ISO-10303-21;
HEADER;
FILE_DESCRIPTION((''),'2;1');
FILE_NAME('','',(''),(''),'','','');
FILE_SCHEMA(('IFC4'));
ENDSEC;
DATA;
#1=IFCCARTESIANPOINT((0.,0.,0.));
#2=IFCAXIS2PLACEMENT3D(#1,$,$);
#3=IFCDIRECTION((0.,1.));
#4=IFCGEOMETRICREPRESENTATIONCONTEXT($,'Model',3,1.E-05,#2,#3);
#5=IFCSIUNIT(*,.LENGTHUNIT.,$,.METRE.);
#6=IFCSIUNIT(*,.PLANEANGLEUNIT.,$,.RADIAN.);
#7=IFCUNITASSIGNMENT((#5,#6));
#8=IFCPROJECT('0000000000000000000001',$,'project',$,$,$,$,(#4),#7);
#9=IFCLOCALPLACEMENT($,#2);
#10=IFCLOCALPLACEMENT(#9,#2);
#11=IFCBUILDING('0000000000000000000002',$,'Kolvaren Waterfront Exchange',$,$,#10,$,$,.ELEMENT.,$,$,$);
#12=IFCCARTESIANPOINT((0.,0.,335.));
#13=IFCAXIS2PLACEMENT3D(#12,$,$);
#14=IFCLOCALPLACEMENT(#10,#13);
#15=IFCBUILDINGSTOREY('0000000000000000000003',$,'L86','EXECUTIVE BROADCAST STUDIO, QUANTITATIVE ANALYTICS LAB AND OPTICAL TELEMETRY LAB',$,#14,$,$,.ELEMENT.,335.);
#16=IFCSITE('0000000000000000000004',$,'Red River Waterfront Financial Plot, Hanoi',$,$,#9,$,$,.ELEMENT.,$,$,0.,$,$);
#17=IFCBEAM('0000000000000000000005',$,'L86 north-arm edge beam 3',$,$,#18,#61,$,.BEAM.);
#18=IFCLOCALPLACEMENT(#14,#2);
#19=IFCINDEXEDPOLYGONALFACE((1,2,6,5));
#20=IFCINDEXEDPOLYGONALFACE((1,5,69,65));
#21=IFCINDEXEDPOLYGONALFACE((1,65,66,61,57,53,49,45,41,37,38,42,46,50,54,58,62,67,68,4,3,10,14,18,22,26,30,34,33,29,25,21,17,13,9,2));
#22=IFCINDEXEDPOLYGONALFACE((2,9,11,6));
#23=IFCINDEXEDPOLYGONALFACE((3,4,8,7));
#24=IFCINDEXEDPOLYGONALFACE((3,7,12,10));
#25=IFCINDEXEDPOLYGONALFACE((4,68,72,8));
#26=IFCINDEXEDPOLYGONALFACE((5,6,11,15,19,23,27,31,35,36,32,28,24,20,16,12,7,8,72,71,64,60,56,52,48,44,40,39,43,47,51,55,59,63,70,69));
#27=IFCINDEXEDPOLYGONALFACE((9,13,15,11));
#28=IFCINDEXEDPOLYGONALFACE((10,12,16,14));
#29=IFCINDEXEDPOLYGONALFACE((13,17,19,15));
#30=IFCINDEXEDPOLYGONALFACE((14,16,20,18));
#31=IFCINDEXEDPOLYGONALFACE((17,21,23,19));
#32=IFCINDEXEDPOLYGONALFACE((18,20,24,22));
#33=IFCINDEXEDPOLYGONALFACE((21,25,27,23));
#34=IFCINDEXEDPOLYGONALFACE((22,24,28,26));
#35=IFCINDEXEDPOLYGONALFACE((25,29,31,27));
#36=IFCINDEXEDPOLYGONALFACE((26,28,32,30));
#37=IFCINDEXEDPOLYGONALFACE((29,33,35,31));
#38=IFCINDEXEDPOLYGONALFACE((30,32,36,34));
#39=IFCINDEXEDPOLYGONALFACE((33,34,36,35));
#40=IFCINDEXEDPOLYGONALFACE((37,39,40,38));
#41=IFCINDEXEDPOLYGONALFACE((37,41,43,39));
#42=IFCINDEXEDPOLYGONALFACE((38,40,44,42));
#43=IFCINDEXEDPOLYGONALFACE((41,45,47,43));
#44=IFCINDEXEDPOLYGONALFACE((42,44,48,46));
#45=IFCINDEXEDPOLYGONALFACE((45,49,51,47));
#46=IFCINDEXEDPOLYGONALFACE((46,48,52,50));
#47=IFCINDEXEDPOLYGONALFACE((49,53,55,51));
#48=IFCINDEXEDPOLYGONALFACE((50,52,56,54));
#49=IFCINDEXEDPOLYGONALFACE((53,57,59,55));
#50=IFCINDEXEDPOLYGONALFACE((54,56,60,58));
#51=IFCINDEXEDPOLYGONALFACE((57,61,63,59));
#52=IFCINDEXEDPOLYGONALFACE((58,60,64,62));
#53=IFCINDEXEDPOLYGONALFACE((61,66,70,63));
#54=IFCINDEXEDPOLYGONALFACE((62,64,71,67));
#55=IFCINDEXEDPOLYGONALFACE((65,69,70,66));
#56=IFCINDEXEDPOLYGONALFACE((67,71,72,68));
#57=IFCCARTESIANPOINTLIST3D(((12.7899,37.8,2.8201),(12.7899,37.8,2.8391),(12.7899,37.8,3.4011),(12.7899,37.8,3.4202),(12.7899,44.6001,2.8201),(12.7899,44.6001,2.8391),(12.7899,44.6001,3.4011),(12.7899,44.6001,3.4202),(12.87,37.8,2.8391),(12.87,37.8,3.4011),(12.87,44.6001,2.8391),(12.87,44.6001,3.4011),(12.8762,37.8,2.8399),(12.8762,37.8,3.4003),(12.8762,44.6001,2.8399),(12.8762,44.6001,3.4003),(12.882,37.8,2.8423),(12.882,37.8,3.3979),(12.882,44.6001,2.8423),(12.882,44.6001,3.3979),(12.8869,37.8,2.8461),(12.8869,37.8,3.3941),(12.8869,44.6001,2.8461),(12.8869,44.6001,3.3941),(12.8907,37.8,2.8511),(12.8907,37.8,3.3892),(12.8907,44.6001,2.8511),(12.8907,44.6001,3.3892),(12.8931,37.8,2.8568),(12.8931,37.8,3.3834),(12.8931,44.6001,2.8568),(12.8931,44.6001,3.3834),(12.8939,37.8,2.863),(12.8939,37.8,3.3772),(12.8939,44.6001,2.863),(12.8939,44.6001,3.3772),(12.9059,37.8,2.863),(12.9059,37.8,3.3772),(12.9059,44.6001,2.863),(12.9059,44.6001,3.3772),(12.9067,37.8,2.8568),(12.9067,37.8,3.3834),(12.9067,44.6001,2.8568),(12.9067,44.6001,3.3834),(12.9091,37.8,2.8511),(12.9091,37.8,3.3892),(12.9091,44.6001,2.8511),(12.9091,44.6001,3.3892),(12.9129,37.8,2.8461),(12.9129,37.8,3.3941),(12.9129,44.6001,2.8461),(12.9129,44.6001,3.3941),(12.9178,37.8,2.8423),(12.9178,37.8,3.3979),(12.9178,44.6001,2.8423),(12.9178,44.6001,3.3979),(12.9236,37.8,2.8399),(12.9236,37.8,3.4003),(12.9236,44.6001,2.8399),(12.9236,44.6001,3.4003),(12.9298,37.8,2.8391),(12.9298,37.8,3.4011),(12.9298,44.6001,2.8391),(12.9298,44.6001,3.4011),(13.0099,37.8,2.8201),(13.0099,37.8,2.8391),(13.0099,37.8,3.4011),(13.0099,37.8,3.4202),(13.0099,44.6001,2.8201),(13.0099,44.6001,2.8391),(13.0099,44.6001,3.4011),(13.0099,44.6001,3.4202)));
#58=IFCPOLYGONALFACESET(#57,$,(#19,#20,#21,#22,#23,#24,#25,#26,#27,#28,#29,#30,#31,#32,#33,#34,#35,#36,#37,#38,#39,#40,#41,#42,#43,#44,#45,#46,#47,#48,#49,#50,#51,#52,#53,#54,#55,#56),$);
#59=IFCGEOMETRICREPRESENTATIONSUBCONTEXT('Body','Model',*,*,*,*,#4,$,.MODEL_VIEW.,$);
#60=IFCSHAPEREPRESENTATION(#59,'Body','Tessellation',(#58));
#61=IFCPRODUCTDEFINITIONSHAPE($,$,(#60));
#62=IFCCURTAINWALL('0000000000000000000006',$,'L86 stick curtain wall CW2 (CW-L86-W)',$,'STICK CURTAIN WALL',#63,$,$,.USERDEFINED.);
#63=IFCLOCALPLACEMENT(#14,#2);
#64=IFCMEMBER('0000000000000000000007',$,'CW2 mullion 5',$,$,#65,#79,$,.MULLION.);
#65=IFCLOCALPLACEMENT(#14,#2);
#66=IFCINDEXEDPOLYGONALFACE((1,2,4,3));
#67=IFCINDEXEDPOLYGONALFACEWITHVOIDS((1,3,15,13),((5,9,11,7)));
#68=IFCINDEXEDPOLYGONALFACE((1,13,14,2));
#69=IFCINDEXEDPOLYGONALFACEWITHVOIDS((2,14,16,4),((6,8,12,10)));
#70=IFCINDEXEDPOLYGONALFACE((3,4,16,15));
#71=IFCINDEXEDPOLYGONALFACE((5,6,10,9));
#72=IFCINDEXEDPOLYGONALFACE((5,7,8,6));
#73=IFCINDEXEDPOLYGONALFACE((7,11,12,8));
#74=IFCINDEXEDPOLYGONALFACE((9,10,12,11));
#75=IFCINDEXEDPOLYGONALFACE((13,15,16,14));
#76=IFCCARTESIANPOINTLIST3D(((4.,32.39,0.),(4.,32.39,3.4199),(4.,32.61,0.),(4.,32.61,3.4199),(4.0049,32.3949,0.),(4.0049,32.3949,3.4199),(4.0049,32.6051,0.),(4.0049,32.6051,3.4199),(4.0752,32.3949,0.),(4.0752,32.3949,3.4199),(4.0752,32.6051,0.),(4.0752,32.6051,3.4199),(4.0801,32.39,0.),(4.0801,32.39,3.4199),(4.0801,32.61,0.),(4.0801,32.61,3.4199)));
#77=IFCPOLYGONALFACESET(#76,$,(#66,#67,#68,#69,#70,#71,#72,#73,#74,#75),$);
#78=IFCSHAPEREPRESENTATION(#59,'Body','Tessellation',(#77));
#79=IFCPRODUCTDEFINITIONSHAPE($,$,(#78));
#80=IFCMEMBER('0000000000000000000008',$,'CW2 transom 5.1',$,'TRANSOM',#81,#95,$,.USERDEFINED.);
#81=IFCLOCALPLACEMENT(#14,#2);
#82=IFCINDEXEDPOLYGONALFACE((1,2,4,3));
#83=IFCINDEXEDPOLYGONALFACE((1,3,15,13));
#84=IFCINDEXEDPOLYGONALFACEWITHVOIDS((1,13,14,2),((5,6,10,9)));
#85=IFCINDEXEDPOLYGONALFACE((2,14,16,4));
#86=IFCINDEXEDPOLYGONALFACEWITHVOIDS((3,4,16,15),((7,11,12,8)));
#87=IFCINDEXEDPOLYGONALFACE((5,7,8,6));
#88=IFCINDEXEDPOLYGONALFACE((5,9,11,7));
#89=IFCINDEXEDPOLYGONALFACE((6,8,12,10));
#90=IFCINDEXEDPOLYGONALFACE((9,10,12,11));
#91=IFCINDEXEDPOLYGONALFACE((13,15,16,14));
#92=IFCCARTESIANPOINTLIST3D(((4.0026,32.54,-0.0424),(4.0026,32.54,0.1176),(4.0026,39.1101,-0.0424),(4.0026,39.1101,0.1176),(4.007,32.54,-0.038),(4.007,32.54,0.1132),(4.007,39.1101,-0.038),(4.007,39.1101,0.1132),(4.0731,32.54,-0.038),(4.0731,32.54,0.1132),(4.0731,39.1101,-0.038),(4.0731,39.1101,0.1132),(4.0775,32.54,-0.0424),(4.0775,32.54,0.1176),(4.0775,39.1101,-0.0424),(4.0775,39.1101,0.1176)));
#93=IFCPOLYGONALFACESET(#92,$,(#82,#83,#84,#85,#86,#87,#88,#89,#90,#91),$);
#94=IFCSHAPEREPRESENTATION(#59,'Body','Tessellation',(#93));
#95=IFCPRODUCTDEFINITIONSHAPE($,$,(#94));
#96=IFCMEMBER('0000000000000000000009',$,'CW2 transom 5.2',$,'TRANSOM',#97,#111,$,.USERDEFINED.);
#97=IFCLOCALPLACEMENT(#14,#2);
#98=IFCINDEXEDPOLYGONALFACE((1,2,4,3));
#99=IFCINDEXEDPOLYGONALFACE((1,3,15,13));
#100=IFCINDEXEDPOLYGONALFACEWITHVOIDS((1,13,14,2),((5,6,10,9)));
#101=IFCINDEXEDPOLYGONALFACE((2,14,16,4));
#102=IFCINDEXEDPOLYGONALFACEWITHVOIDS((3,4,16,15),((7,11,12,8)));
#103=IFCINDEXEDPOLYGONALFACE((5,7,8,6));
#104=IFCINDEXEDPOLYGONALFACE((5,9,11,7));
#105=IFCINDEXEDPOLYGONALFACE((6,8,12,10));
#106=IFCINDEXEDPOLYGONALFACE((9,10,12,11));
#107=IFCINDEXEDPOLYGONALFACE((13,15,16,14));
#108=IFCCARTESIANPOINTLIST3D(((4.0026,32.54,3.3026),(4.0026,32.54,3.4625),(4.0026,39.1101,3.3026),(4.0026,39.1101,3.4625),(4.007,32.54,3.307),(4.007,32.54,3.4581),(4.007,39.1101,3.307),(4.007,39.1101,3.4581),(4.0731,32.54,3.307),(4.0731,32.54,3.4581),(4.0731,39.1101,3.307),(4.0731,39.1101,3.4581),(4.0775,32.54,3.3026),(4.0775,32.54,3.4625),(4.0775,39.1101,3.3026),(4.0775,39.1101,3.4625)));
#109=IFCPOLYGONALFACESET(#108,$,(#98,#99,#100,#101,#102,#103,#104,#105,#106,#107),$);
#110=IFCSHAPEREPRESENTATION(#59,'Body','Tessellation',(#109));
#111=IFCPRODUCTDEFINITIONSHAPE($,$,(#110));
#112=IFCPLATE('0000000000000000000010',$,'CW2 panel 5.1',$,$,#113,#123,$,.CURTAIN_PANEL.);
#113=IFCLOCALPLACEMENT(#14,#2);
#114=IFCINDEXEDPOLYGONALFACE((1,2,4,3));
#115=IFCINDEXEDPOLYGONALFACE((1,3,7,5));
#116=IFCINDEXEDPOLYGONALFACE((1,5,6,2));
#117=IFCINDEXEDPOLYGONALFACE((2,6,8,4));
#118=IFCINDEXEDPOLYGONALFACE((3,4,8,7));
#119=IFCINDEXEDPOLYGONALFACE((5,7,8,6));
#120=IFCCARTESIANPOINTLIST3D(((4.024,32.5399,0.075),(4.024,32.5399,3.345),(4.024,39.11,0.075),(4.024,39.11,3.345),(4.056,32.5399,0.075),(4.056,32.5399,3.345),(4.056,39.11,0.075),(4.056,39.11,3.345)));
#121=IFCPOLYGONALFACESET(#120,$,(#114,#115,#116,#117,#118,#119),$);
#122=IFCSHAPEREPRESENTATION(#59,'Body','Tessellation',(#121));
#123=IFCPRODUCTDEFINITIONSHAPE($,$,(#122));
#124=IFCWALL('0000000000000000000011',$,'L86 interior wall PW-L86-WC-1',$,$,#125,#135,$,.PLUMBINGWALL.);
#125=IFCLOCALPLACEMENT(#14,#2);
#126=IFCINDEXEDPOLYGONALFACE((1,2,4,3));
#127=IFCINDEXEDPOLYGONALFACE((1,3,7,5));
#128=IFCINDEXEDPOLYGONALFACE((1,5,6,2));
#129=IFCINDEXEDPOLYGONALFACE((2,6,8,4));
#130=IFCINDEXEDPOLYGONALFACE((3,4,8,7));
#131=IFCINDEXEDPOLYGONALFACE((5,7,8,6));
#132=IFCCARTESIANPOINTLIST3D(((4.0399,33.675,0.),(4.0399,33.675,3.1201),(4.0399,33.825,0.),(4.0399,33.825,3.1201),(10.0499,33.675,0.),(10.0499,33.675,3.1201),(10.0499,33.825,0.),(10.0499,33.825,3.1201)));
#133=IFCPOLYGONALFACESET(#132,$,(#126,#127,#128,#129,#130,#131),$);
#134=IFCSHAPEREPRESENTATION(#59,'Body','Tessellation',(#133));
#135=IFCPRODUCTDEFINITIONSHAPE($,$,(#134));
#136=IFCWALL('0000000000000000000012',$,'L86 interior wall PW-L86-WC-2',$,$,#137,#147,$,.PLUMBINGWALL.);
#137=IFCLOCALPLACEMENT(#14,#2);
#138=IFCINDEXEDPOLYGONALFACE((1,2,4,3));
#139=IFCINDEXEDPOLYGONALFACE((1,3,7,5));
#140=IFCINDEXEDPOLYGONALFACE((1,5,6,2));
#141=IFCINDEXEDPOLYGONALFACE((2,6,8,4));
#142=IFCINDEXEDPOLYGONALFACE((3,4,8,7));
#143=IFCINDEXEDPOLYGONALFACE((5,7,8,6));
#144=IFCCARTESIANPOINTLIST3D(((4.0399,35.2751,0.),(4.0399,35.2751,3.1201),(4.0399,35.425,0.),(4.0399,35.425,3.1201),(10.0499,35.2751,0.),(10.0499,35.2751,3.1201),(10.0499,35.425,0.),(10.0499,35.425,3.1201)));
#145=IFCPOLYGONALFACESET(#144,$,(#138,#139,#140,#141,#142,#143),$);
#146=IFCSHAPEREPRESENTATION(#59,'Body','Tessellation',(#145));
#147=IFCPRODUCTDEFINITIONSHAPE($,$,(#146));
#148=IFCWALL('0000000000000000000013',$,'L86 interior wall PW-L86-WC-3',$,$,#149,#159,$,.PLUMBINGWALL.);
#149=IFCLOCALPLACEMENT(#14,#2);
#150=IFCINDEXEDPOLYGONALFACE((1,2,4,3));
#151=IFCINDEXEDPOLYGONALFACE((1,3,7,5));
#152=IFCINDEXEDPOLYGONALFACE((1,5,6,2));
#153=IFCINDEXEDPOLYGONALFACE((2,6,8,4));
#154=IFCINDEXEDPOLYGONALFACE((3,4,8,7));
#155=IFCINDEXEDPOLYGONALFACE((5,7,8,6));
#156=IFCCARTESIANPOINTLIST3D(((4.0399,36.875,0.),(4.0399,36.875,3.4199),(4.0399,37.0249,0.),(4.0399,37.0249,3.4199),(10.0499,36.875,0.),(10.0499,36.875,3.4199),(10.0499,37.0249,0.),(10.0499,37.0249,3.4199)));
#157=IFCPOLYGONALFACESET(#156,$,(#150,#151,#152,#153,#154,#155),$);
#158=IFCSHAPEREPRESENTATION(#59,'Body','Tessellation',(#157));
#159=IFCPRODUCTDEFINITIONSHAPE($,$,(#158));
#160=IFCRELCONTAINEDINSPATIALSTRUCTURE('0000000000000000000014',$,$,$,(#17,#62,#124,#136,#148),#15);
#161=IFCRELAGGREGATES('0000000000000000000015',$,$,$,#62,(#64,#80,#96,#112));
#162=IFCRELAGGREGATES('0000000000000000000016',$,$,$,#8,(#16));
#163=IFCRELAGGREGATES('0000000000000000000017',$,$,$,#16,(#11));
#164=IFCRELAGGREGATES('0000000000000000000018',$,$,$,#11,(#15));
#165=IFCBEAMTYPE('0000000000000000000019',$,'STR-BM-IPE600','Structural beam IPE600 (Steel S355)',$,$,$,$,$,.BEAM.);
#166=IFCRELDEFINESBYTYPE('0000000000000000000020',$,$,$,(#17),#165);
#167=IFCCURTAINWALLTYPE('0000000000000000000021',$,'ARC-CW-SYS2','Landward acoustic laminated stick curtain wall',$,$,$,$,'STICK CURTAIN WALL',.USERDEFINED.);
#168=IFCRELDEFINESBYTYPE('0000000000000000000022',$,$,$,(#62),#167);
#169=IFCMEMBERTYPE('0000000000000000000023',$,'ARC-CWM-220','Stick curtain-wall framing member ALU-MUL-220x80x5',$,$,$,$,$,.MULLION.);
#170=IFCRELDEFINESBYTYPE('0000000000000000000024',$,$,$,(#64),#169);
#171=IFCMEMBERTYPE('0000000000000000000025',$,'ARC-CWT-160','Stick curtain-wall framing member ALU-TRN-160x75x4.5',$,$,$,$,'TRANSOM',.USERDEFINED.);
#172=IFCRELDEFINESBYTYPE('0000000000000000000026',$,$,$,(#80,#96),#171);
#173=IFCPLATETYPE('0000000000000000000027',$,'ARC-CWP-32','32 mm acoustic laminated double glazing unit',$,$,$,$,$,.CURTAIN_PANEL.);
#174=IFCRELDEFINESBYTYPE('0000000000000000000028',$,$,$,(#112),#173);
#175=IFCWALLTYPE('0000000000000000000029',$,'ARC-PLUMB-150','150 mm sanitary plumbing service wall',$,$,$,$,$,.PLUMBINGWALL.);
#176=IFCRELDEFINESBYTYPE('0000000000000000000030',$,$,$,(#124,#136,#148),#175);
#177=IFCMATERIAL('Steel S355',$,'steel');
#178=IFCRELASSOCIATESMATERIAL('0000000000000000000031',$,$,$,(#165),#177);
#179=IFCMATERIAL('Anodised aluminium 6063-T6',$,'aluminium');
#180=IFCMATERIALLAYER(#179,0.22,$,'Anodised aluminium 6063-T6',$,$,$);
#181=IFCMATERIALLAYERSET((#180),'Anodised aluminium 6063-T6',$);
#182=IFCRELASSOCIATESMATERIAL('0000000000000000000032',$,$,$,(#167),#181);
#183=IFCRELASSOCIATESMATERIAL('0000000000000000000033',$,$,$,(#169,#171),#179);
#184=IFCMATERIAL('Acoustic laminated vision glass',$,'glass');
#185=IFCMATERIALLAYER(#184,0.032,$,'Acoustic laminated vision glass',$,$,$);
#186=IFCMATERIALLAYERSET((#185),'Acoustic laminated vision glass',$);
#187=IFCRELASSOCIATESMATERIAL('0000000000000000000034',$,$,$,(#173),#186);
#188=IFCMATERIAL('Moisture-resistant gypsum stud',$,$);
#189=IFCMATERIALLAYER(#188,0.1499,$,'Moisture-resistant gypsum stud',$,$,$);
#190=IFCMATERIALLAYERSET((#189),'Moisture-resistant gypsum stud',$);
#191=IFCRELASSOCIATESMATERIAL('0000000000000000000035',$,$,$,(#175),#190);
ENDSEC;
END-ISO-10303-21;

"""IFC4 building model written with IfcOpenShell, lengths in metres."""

from ifc_helpers import new_model, si_unit, direction, frame, frame_2d, origin, origin_with_axes, origin_2d, place, context, subcontext, project, spatial, rectangle, hollow_rectangle, i_section, extrude, source, transform, mapped, material, layer, layer_set, material_profile, profile_set, type_object, element, aggregate, save


model = new_model("IFC4")

# Units and contexts
model_context = context("Model", 3, precision=1e-05, world=origin(), true_north=direction((0.0, 1.0)))
body_context = subcontext(model_context, "Body", "Model", "MODEL_VIEW")
ifc_project = project(units=[si_unit("LENGTHUNIT", "METRE"), si_unit("PLANEANGLEUNIT", "RADIAN")], contexts=[model_context])

# Site, building, storey
site_placement = place(None, origin())
site = spatial("IfcSite", under=ifc_project, at=site_placement, Name="Red River Waterfront Financial Plot, Hanoi", CompositionType="ELEMENT", RefElevation=0.0)
building_placement = place(site_placement, origin())
building = spatial("IfcBuilding", under=site, at=building_placement, Name="Kolvaren Waterfront Exchange", CompositionType="ELEMENT")
storey_placement = place(building_placement, frame((0.0, 0.0, 335.0)))
storey = spatial("IfcBuildingStorey", under=building, at=storey_placement, Name="L86", Description="EXECUTIVE BROADCAST STUDIO, QUANTITATIVE ANALYTICS LAB AND OPTICAL TELEMETRY LAB", CompositionType="ELEMENT", Elevation=335.0)

# Beam
ifc_material_1 = material(Name="Steel S355", Category="steel")
ifc_material_profile_1 = material_profile(ifc_material_1, i_section(OverallWidth=0.22, OverallDepth=0.6001, WebThickness=0.012, FlangeThickness=0.019, FilletRadius=0.0239, at=origin_2d()), Name="IPE600")
ifc_profile_set_1 = profile_set([ifc_material_profile_1], Name="Steel S355")
beam_type_1 = type_object("IfcBeamType", Name="STR-BM-IPE600", Description="Structural beam IPE600 (Steel S355)", PredefinedType="BEAM", material=ifc_profile_set_1)
beam_1_placement = place(storey_placement, frame((12.8999, 37.8, 3.1201), z_axis=(0.0, 1.0, 0.0), x_axis=(-1.0, 0.0, 0.0)))
element("IfcBeam", 1, at=beam_1_placement, inside=storey, type_object=beam_type_1, Name="L86 north-arm edge beam 3", PredefinedType="BEAM", context=body_context, shape_type="SweptSolid", body=[
    extrude(i_section(OverallWidth=0.22, OverallDepth=0.6001, WebThickness=0.012, FlangeThickness=0.019, FilletRadius=0.0239, at=origin_2d()), origin(), (0.0, 0.0, 1.0), 6.8),
])

# Curtain wall, members, plate
ifc_material_2 = material(Name="Anodised aluminium 6063-T6", Category="aluminium")
ifc_layer_1 = layer(ifc_material_2, 0.22, Name="Anodised aluminium 6063-T6")
ifc_layer_set_1 = layer_set([ifc_layer_1], Name="Anodised aluminium 6063-T6")
curtain_wall_type = type_object("IfcCurtainWallType", Name="ARC-CW-SYS2", Description="Landward acoustic laminated stick curtain wall", ElementType="STICK CURTAIN WALL", PredefinedType="USERDEFINED", material=ifc_layer_set_1)
curtain_wall_placement = place(storey_placement, origin())
curtain_wall = element("IfcCurtainWall", 2, at=curtain_wall_placement, inside=storey, type_object=curtain_wall_type, Name="L86 stick curtain wall CW2 (CW-L86-W)", ObjectType="STICK CURTAIN WALL", PredefinedType="USERDEFINED")
ifc_material_profile_2 = material_profile(ifc_material_2, hollow_rectangle(XDim=0.0801, YDim=0.22, WallThickness=0.0049, at=origin_2d()), Name="ALU-MUL-220x80x5")
ifc_profile_set_2 = profile_set([ifc_material_profile_2], Name="Anodised aluminium 6063-T6")
member_type_1 = type_object("IfcMemberType", Name="ARC-CWM-220", Description="Stick curtain-wall framing member ALU-MUL-220x80x5", PredefinedType="MULLION", material=ifc_profile_set_2)
shared_shape_1 = source(origin_with_axes(), body_context, "Body", "SweptSolid", [
    extrude(hollow_rectangle(XDim=0.0801, YDim=0.22, WallThickness=0.0049, at=origin_2d()), origin(), (0.0, 0.0, 1.0), 3.4199),
])
member_1_placement = place(storey_placement, frame((4.04, 32.5, 0.0), z_axis=(0.0, 0.0, 1.0), x_axis=(-1.0, 0.0, 0.0)))
member_1 = element("IfcMember", 3, at=member_1_placement, type_object=member_type_1, Name="CW2 mullion 5", PredefinedType="MULLION", context=body_context, shape_type="MappedRepresentation", body=[
    mapped(shared_shape_1, transform((0.0, 0.0, 0.0), x_axis=(1.0, 0.0, 0.0), y_axis=(0.0, 1.0, 0.0), z_axis=(0.0, 0.0, 1.0), scale=1.0)),
])
ifc_material_profile_3 = material_profile(ifc_material_2, hollow_rectangle(XDim=0.075, YDim=0.1599, WallThickness=0.0044, at=origin_2d()), Name="ALU-TRN-160x75x4.5")
ifc_profile_set_3 = profile_set([ifc_material_profile_3], Name="Anodised aluminium 6063-T6")
member_type_2 = type_object("IfcMemberType", Name="ARC-CWT-160", Description="Stick curtain-wall framing member ALU-TRN-160x75x4.5", ElementType="TRANSOM", PredefinedType="USERDEFINED", material=ifc_profile_set_3)
shared_shape_2 = source(origin_with_axes(), body_context, "Body", "SweptSolid", [
    extrude(hollow_rectangle(XDim=0.075, YDim=0.1599, WallThickness=0.0044, at=origin_2d()), origin(), (0.0, 0.0, 1.0), 6.5701),
])
member_2_placement = place(storey_placement, frame((4.04, 32.54, 0.0376), z_axis=(0.0, 1.0, 0.0), x_axis=(-1.0, 0.0, 0.0)))
member_2 = element("IfcMember", 4, at=member_2_placement, type_object=member_type_2, Name="CW2 transom 5.1", ObjectType="TRANSOM", PredefinedType="USERDEFINED", context=body_context, shape_type="MappedRepresentation", body=[
    mapped(shared_shape_2, transform((0.0, 0.0, 0.0), x_axis=(1.0, 0.0, 0.0), y_axis=(0.0, 1.0, 0.0), z_axis=(0.0, 0.0, 1.0), scale=1.0)),
])
member_3_placement = place(storey_placement, frame((4.04, 32.54, 3.3826), z_axis=(0.0, 1.0, 0.0), x_axis=(-1.0, 0.0, 0.0)))
member_3 = element("IfcMember", 5, at=member_3_placement, type_object=member_type_2, Name="CW2 transom 5.2", ObjectType="TRANSOM", PredefinedType="USERDEFINED", context=body_context, shape_type="MappedRepresentation", body=[
    mapped(shared_shape_2, transform((0.0, 0.0, 0.0), x_axis=(1.0, 0.0, 0.0), y_axis=(0.0, 1.0, 0.0), z_axis=(0.0, 0.0, 1.0), scale=1.0)),
])
ifc_material_3 = material(Name="Acoustic laminated vision glass", Category="glass")
ifc_layer_2 = layer(ifc_material_3, 0.032, Name="Acoustic laminated vision glass")
ifc_layer_set_2 = layer_set([ifc_layer_2], Name="Acoustic laminated vision glass")
plate_type = type_object("IfcPlateType", Name="ARC-CWP-32", Description="32 mm acoustic laminated double glazing unit", PredefinedType="CURTAIN_PANEL", material=ifc_layer_set_2)
shared_shape_3 = source(origin_with_axes(), body_context, "Body", "SweptSolid", [
    extrude(rectangle(XDim=6.5701, YDim=0.032, at=origin_2d()), origin(), (0.0, 0.0, 1.0), 3.27),
])
plate_placement = place(storey_placement, frame((4.04, 35.825, 0.075), z_axis=(0.0, 0.0, 1.0), x_axis=(0.0, 1.0, 0.0)))
plate = element("IfcPlate", 6, at=plate_placement, type_object=plate_type, Name="CW2 panel 5.1", PredefinedType="CURTAIN_PANEL", context=body_context, shape_type="MappedRepresentation", body=[
    mapped(shared_shape_3, transform((0.0, 0.0, 0.0), x_axis=(1.0, 0.0, 0.0), y_axis=(0.0, 1.0, 0.0), z_axis=(0.0, 0.0, 1.0), scale=1.0)),
])
aggregate(curtain_wall, [member_1, member_2, member_3, plate])

# Shared definitions
ifc_material_4 = material(Name="Moisture-resistant gypsum stud")
ifc_layer_3 = layer(ifc_material_4, 0.1499, Name="Moisture-resistant gypsum stud")
ifc_layer_set_3 = layer_set([ifc_layer_3], Name="Moisture-resistant gypsum stud")
wall_type = type_object("IfcWallType", Name="ARC-PLUMB-150", Description="150 mm sanitary plumbing service wall", PredefinedType="PLUMBINGWALL", material=ifc_layer_set_3)

# Walls
for number, where, z_axis, x_axis, name in (
    (7, (4.04, 33.75, 0.0), (0.0, 0.0, 1.0), (1.0, 0.0, 0.0), "L86 interior wall PW-L86-WC-1"),
    (8, (4.04, 35.3501, 0.0), (0.0, 0.0, 1.0), (1.0, 0.0, 0.0), "L86 interior wall PW-L86-WC-2"),
):
    element("IfcWall", number, at=place(storey_placement, frame(where, z_axis=z_axis, x_axis=x_axis)), inside=storey, type_object=wall_type, Name=name, PredefinedType="PLUMBINGWALL", context=body_context, shape_type="SweptSolid", body=[
        extrude(rectangle(XDim=6.01, YDim=0.1499, at=frame_2d((3.0049, 0.0))), origin(), (0.0, 0.0, 1.0), 3.1201),
    ])
wall_1_placement = place(storey_placement, frame((4.04, 36.95, 0.0), z_axis=(0.0, 0.0, 1.0), x_axis=(1.0, 0.0, 0.0)))
element("IfcWall", 9, at=wall_1_placement, inside=storey, type_object=wall_type, Name="L86 interior wall PW-L86-WC-3", PredefinedType="PLUMBINGWALL", context=body_context, shape_type="SweptSolid", body=[
    extrude(rectangle(XDim=6.01, YDim=0.1499, at=frame_2d((3.0049, 0.0))), origin(), (0.0, 0.0, 1.0), 3.4199),
])

save(model, "model.ifc")
